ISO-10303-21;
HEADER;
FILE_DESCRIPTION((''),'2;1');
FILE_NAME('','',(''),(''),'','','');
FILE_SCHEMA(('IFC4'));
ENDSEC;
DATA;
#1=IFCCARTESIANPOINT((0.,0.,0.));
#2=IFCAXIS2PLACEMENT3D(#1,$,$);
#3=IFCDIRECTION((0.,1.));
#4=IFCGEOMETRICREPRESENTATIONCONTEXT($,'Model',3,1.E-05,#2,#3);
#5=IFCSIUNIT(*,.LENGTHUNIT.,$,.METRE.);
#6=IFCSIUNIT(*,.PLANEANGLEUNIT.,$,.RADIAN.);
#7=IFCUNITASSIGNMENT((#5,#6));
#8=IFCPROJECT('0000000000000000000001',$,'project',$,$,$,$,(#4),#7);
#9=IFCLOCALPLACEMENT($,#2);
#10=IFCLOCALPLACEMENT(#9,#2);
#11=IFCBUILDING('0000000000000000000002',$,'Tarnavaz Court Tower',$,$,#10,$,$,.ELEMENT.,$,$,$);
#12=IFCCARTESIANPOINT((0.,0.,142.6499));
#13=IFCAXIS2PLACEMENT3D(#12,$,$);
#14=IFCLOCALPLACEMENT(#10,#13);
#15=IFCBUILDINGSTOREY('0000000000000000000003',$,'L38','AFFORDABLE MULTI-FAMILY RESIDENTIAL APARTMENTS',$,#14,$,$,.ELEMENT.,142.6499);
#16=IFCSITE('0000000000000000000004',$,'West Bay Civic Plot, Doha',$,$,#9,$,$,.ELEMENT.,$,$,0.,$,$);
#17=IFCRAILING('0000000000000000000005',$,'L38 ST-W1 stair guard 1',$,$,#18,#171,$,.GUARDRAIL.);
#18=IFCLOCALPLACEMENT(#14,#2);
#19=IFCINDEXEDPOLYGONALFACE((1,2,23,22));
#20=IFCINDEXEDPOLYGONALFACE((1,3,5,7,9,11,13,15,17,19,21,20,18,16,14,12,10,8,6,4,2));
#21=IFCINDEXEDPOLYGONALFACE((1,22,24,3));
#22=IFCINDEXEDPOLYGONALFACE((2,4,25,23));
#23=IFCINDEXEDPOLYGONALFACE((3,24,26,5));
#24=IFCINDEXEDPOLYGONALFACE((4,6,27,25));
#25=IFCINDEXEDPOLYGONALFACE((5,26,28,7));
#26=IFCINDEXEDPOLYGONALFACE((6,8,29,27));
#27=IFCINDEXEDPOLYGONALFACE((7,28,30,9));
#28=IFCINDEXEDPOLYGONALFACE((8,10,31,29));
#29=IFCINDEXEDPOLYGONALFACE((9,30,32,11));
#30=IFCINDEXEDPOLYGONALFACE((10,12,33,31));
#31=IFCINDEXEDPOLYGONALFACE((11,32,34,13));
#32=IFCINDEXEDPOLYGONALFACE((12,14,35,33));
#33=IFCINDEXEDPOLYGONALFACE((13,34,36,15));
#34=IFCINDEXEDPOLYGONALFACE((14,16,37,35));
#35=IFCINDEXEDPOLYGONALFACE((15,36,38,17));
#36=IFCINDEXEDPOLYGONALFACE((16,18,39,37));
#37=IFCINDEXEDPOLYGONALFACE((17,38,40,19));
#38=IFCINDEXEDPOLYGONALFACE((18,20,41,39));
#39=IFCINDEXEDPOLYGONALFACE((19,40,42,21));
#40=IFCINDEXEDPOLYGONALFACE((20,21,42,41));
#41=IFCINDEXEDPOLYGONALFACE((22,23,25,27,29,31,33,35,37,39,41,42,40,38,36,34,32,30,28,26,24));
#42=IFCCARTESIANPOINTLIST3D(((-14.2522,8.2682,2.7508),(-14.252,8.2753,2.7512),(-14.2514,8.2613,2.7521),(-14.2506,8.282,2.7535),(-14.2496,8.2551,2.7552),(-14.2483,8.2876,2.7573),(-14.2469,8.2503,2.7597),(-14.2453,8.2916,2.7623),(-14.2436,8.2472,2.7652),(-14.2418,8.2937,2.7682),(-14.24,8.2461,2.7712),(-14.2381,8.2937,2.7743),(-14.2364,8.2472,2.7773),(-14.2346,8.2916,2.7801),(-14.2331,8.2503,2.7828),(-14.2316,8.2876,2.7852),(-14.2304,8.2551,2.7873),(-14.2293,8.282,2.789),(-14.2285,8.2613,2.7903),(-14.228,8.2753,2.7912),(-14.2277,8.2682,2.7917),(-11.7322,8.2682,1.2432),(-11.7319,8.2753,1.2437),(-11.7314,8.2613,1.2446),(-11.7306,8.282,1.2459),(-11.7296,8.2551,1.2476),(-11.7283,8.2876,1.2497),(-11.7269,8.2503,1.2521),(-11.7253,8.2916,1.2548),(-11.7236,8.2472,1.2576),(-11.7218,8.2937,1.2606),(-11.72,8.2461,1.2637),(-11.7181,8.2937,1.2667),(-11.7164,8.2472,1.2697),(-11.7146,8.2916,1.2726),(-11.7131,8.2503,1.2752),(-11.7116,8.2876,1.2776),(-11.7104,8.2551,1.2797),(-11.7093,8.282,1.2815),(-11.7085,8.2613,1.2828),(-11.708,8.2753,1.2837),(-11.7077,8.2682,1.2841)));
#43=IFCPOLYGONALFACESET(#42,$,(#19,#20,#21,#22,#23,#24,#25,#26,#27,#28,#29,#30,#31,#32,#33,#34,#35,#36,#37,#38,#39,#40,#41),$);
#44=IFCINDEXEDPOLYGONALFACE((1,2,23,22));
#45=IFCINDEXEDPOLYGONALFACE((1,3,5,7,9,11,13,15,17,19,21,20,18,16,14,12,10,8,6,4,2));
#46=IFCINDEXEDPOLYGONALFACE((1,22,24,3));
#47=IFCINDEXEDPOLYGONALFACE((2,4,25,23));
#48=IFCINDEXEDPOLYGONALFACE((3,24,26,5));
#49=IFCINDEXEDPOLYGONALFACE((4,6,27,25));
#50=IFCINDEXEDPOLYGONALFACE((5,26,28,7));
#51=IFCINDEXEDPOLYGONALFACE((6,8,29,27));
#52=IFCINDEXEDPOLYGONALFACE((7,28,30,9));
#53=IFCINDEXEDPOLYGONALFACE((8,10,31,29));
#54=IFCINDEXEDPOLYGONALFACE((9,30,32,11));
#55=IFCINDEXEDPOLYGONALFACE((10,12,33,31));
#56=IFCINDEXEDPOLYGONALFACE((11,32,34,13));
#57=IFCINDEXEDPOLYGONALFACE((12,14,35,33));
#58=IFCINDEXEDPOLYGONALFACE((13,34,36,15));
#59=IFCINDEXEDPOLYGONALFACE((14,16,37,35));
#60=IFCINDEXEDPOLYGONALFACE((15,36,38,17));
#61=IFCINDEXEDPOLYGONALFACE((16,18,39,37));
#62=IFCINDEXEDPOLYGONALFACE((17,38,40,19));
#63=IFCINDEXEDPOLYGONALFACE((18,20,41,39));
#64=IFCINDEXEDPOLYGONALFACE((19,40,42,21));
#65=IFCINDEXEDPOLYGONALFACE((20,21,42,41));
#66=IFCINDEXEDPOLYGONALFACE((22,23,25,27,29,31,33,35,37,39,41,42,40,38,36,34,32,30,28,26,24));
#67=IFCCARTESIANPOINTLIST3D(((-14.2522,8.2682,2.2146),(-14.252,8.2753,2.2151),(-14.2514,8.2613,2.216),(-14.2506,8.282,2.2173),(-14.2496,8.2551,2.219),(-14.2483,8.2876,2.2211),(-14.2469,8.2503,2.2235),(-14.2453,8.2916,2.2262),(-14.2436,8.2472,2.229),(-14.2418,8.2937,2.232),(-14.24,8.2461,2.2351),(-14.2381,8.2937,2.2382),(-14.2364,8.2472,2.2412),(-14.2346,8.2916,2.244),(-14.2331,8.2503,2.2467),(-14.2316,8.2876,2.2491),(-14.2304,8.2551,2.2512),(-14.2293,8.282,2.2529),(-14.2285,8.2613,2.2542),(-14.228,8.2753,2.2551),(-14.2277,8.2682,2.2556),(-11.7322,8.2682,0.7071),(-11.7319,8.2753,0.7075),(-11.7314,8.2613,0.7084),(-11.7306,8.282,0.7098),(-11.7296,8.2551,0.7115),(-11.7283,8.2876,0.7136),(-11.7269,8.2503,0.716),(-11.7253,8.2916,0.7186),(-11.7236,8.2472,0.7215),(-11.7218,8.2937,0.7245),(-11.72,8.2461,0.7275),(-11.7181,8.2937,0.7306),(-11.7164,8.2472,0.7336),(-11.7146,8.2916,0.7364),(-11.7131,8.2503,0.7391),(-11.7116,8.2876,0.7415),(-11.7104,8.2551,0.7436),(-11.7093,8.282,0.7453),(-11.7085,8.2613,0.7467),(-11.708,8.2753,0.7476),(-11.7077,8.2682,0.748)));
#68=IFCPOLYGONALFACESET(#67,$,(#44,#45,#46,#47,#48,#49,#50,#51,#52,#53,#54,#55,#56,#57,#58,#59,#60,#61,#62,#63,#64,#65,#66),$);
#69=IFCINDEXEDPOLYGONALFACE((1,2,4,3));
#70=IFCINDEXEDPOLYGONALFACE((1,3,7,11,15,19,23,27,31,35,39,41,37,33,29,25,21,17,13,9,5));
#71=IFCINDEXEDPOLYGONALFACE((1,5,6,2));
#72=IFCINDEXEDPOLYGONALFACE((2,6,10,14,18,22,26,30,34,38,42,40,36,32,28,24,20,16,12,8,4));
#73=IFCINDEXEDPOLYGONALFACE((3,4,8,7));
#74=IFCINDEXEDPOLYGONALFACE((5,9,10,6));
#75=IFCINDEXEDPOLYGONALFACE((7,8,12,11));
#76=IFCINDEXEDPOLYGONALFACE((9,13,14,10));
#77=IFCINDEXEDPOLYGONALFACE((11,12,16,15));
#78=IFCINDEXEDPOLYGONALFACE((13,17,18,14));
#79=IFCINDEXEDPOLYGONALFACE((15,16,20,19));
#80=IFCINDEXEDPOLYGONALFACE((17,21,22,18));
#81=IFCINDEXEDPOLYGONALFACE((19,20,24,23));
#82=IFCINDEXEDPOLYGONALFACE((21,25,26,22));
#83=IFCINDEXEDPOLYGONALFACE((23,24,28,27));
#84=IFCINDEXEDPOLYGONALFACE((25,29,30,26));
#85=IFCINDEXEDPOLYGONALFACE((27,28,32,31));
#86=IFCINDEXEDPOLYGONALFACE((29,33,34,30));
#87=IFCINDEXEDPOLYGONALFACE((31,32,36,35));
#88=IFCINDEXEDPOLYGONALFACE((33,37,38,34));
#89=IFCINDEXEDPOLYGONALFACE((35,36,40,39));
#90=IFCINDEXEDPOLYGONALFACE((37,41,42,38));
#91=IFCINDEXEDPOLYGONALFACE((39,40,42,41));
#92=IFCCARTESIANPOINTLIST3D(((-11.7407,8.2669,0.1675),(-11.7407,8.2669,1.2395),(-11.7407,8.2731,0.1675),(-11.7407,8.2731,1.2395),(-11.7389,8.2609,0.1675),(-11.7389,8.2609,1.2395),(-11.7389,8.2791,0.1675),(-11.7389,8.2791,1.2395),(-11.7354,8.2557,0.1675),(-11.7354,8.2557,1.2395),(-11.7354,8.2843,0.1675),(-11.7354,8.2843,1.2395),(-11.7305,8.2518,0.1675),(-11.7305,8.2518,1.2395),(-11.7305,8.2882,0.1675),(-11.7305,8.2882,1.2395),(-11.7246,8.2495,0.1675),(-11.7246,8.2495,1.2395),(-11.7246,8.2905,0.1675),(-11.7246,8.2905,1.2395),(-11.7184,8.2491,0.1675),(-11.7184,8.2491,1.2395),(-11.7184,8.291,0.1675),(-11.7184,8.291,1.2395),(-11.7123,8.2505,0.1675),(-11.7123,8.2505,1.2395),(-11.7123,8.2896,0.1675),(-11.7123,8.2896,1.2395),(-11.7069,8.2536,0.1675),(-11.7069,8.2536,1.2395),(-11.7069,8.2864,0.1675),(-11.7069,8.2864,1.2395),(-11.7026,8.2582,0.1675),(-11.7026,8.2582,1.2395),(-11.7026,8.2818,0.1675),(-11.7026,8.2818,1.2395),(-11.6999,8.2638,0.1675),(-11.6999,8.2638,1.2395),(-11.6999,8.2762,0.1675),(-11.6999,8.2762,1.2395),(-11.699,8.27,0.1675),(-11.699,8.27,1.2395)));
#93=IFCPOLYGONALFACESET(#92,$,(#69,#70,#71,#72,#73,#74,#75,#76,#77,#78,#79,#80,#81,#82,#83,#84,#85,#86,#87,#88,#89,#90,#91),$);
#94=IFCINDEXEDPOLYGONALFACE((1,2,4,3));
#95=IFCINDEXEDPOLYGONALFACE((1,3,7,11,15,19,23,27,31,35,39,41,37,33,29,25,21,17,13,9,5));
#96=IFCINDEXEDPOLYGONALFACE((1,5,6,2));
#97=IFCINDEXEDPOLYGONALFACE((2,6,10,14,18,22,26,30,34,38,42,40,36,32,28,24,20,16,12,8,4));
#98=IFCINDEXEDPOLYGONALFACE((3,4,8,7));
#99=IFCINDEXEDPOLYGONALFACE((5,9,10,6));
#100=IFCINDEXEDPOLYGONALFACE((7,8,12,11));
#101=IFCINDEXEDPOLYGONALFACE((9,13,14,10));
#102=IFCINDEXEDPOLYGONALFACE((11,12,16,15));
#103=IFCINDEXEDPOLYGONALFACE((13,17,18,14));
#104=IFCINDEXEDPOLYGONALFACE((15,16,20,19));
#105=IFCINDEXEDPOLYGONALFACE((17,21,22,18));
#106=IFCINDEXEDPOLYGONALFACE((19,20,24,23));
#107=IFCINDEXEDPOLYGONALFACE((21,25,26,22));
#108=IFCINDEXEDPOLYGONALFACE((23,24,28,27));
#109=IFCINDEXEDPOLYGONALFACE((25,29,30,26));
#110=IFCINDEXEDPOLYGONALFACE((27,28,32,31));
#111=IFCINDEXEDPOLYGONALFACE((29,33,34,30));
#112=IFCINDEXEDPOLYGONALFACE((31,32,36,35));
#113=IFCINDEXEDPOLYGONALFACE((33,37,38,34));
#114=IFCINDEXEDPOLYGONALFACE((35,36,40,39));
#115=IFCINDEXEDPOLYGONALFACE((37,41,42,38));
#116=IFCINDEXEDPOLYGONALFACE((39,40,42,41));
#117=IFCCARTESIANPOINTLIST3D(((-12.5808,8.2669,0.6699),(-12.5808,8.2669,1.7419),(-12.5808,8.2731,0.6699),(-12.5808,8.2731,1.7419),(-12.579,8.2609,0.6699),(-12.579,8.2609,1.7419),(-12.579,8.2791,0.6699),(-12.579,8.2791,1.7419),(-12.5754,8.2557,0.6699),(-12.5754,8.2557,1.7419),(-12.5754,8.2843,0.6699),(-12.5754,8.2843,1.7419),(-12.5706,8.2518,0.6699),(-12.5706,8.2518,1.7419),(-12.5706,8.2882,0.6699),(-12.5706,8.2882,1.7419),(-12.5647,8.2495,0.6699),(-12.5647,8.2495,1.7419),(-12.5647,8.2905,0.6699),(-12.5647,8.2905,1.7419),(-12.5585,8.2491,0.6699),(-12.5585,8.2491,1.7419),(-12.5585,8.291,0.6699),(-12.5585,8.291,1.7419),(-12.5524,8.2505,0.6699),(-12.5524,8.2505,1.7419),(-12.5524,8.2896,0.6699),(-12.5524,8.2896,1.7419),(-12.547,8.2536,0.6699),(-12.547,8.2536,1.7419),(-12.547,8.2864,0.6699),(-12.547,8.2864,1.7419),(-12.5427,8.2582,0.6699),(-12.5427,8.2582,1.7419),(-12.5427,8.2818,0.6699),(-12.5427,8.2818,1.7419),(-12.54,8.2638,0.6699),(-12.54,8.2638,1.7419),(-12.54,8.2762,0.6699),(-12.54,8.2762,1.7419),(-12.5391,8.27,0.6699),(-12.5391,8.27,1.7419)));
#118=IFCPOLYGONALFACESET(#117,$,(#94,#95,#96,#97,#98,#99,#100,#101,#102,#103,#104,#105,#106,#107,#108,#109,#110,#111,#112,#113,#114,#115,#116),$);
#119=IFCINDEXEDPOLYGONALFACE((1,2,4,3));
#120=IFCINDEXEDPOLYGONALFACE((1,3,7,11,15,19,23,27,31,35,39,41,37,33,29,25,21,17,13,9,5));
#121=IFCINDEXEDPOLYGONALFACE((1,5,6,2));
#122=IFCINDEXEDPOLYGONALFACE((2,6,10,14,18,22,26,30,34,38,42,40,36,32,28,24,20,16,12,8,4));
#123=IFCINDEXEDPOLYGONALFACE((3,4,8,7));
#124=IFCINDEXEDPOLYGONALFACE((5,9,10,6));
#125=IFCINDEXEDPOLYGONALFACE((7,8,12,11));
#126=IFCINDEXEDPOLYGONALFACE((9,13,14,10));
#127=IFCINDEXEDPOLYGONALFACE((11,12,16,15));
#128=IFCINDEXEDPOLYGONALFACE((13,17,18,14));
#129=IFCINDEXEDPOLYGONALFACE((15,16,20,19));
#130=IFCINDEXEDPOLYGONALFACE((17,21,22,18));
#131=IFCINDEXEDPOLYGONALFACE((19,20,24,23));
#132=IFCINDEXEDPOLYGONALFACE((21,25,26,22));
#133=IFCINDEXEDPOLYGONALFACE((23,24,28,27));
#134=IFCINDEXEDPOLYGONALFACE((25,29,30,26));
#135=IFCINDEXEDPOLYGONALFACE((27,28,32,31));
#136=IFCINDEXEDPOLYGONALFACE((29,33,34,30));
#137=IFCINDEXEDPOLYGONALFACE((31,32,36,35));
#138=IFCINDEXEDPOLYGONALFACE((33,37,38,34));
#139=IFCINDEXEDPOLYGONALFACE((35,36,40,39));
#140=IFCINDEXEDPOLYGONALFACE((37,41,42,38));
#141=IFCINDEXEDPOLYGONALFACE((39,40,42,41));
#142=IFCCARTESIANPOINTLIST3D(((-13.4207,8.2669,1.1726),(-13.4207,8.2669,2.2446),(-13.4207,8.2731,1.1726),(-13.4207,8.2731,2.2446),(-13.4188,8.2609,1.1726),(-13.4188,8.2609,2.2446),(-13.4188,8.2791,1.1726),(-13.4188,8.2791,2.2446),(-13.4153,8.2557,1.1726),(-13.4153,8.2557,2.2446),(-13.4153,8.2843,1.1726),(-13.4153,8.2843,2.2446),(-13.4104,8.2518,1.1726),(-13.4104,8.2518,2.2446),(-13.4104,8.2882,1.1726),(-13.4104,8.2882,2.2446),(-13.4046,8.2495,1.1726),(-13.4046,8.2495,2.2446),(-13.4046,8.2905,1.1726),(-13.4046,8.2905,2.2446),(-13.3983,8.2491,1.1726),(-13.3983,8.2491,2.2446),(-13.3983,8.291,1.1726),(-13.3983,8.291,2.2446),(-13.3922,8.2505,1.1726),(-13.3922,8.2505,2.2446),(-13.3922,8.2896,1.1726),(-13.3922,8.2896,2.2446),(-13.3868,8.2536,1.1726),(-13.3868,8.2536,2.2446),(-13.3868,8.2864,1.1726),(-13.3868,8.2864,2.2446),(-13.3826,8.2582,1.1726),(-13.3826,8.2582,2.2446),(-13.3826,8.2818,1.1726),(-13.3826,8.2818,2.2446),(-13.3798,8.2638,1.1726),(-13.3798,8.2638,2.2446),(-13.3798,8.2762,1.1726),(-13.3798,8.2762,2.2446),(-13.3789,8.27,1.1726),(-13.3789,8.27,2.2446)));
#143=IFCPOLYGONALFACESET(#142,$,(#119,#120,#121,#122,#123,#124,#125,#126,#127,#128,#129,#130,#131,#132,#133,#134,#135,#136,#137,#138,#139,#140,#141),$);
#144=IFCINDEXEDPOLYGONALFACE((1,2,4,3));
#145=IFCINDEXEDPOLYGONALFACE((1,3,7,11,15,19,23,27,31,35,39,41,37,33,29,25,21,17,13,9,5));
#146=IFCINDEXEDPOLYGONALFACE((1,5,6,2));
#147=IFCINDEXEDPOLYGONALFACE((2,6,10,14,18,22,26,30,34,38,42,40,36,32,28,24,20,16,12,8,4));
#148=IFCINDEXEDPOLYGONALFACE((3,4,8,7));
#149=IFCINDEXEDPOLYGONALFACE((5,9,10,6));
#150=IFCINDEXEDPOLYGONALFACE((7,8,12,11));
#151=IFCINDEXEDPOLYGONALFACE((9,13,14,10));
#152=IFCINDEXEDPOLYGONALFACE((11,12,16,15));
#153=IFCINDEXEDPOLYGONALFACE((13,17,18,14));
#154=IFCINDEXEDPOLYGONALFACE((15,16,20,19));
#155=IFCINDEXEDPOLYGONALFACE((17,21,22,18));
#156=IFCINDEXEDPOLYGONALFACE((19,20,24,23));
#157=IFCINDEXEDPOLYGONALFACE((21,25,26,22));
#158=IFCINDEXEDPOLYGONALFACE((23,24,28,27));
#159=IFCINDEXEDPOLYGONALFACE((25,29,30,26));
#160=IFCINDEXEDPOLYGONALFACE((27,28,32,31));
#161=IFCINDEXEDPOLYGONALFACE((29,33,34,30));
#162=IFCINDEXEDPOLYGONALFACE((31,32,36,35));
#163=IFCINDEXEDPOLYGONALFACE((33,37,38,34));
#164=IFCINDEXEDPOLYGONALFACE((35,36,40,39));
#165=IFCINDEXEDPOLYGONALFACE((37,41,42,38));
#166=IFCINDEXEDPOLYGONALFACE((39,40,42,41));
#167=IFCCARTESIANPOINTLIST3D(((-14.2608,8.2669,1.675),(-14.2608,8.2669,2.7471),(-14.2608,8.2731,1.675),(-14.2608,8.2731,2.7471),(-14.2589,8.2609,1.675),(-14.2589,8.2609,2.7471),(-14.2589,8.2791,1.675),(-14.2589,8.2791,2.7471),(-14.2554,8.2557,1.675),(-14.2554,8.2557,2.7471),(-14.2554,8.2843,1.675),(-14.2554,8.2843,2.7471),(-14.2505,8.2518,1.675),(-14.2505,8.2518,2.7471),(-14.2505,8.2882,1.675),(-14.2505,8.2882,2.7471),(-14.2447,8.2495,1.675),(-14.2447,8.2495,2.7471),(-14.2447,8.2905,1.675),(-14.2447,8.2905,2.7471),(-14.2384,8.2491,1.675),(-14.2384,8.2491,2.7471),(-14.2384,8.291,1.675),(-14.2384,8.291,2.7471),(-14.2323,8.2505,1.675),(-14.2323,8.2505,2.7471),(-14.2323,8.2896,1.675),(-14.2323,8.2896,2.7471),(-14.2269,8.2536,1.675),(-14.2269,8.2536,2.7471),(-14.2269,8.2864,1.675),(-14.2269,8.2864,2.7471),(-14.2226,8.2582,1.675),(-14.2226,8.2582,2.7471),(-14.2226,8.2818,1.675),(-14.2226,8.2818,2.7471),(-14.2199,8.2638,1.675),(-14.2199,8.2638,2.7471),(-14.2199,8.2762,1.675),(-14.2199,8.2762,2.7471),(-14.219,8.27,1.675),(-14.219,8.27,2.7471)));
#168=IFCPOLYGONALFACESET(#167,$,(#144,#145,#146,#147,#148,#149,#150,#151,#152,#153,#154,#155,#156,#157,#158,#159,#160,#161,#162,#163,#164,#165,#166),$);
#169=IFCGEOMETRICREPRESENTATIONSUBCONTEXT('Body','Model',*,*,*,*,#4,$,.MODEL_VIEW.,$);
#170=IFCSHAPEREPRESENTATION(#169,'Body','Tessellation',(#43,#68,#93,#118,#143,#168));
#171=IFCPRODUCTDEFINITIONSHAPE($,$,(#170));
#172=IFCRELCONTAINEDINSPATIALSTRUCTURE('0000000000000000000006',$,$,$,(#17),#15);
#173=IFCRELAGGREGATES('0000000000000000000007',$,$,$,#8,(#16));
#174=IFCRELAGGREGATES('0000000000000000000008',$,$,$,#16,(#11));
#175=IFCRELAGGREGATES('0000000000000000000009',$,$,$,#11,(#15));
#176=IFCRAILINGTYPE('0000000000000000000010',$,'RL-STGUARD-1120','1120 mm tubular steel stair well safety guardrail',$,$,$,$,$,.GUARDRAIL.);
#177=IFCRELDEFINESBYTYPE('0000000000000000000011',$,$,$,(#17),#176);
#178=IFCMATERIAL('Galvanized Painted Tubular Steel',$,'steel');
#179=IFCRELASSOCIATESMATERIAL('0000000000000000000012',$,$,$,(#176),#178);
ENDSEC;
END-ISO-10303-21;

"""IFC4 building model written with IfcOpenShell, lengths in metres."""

from ifc_helpers import new_model, si_unit, direction, frame, origin, origin_2d, place, context, subcontext, project, spatial, circle, extrude, material, type_object, element, save


model = new_model("IFC4")

# Units and contexts
model_context = context("Model", 3, precision=1e-05, world=origin(), true_north=direction((0.0, 1.0)))
body_context = subcontext(model_context, "Body", "Model", "MODEL_VIEW")
ifc_project = project(units=[si_unit("LENGTHUNIT", "METRE"), si_unit("PLANEANGLEUNIT", "RADIAN")], contexts=[model_context])

# Site, building, storey
site_placement = place(None, origin())
site = spatial("IfcSite", under=ifc_project, at=site_placement, Name="West Bay Civic Plot, Doha", CompositionType="ELEMENT", RefElevation=0.0)
building_placement = place(site_placement, origin())
building = spatial("IfcBuilding", under=site, at=building_placement, Name="Tarnavaz Court Tower", CompositionType="ELEMENT")
storey_placement = place(building_placement, frame((0.0, 0.0, 142.6499)))
storey = spatial("IfcBuildingStorey", under=building, at=storey_placement, Name="L38", Description="AFFORDABLE MULTI-FAMILY RESIDENTIAL APARTMENTS", CompositionType="ELEMENT", Elevation=142.6499)

# Railing
ifc_material_1 = material(Name="Galvanized Painted Tubular Steel", Category="steel")
railing_type_1 = type_object("IfcRailingType", Name="RL-STGUARD-1120", Description="1120 mm tubular steel stair well safety guardrail", PredefinedType="GUARDRAIL", material=ifc_material_1)
railing_1_placement = place(storey_placement, frame((-11.72, 8.27, 0.1675)))
element("IfcRailing", 1, at=railing_1_placement, inside=storey, type_object=railing_type_1, Name="L38 ST-W1 stair guard 1", PredefinedType="GUARDRAIL", context=body_context, shape_type="SweptSolid", body=[
    extrude(circle(Radius=0.0239, at=origin_2d()), frame((0.0, 0.0, 1.0962), z_axis=(-0.85816, 0.0, 0.513383), x_axis=(0.0, -1.0, 0.0)), (0.0, 0.0, 1.0), 2.9365),
    extrude(circle(Radius=0.0239, at=origin_2d()), frame((0.0, 0.0, 0.5601), z_axis=(-0.85816, 0.0, 0.513383), x_axis=(0.0, -1.0, 0.0)), (0.0, 0.0, 1.0), 2.9365),
    extrude(circle(Radius=0.021, at=origin_2d()), origin(), (0.0, 0.0, 1.0), 1.072),
    extrude(circle(Radius=0.021, at=origin_2d()), frame((-0.8401, 0.0, 0.5024)), (0.0, 0.0, 1.0), 1.072),
    extrude(circle(Radius=0.021, at=origin_2d()), frame((-1.6799, 0.0, 1.0051)), (0.0, 0.0, 1.0), 1.072),
    extrude(circle(Radius=0.021, at=origin_2d()), frame((-2.52, 0.0, 1.5076)), (0.0, 0.0, 1.0), 1.072),
])

save(model, "model.ifc")
